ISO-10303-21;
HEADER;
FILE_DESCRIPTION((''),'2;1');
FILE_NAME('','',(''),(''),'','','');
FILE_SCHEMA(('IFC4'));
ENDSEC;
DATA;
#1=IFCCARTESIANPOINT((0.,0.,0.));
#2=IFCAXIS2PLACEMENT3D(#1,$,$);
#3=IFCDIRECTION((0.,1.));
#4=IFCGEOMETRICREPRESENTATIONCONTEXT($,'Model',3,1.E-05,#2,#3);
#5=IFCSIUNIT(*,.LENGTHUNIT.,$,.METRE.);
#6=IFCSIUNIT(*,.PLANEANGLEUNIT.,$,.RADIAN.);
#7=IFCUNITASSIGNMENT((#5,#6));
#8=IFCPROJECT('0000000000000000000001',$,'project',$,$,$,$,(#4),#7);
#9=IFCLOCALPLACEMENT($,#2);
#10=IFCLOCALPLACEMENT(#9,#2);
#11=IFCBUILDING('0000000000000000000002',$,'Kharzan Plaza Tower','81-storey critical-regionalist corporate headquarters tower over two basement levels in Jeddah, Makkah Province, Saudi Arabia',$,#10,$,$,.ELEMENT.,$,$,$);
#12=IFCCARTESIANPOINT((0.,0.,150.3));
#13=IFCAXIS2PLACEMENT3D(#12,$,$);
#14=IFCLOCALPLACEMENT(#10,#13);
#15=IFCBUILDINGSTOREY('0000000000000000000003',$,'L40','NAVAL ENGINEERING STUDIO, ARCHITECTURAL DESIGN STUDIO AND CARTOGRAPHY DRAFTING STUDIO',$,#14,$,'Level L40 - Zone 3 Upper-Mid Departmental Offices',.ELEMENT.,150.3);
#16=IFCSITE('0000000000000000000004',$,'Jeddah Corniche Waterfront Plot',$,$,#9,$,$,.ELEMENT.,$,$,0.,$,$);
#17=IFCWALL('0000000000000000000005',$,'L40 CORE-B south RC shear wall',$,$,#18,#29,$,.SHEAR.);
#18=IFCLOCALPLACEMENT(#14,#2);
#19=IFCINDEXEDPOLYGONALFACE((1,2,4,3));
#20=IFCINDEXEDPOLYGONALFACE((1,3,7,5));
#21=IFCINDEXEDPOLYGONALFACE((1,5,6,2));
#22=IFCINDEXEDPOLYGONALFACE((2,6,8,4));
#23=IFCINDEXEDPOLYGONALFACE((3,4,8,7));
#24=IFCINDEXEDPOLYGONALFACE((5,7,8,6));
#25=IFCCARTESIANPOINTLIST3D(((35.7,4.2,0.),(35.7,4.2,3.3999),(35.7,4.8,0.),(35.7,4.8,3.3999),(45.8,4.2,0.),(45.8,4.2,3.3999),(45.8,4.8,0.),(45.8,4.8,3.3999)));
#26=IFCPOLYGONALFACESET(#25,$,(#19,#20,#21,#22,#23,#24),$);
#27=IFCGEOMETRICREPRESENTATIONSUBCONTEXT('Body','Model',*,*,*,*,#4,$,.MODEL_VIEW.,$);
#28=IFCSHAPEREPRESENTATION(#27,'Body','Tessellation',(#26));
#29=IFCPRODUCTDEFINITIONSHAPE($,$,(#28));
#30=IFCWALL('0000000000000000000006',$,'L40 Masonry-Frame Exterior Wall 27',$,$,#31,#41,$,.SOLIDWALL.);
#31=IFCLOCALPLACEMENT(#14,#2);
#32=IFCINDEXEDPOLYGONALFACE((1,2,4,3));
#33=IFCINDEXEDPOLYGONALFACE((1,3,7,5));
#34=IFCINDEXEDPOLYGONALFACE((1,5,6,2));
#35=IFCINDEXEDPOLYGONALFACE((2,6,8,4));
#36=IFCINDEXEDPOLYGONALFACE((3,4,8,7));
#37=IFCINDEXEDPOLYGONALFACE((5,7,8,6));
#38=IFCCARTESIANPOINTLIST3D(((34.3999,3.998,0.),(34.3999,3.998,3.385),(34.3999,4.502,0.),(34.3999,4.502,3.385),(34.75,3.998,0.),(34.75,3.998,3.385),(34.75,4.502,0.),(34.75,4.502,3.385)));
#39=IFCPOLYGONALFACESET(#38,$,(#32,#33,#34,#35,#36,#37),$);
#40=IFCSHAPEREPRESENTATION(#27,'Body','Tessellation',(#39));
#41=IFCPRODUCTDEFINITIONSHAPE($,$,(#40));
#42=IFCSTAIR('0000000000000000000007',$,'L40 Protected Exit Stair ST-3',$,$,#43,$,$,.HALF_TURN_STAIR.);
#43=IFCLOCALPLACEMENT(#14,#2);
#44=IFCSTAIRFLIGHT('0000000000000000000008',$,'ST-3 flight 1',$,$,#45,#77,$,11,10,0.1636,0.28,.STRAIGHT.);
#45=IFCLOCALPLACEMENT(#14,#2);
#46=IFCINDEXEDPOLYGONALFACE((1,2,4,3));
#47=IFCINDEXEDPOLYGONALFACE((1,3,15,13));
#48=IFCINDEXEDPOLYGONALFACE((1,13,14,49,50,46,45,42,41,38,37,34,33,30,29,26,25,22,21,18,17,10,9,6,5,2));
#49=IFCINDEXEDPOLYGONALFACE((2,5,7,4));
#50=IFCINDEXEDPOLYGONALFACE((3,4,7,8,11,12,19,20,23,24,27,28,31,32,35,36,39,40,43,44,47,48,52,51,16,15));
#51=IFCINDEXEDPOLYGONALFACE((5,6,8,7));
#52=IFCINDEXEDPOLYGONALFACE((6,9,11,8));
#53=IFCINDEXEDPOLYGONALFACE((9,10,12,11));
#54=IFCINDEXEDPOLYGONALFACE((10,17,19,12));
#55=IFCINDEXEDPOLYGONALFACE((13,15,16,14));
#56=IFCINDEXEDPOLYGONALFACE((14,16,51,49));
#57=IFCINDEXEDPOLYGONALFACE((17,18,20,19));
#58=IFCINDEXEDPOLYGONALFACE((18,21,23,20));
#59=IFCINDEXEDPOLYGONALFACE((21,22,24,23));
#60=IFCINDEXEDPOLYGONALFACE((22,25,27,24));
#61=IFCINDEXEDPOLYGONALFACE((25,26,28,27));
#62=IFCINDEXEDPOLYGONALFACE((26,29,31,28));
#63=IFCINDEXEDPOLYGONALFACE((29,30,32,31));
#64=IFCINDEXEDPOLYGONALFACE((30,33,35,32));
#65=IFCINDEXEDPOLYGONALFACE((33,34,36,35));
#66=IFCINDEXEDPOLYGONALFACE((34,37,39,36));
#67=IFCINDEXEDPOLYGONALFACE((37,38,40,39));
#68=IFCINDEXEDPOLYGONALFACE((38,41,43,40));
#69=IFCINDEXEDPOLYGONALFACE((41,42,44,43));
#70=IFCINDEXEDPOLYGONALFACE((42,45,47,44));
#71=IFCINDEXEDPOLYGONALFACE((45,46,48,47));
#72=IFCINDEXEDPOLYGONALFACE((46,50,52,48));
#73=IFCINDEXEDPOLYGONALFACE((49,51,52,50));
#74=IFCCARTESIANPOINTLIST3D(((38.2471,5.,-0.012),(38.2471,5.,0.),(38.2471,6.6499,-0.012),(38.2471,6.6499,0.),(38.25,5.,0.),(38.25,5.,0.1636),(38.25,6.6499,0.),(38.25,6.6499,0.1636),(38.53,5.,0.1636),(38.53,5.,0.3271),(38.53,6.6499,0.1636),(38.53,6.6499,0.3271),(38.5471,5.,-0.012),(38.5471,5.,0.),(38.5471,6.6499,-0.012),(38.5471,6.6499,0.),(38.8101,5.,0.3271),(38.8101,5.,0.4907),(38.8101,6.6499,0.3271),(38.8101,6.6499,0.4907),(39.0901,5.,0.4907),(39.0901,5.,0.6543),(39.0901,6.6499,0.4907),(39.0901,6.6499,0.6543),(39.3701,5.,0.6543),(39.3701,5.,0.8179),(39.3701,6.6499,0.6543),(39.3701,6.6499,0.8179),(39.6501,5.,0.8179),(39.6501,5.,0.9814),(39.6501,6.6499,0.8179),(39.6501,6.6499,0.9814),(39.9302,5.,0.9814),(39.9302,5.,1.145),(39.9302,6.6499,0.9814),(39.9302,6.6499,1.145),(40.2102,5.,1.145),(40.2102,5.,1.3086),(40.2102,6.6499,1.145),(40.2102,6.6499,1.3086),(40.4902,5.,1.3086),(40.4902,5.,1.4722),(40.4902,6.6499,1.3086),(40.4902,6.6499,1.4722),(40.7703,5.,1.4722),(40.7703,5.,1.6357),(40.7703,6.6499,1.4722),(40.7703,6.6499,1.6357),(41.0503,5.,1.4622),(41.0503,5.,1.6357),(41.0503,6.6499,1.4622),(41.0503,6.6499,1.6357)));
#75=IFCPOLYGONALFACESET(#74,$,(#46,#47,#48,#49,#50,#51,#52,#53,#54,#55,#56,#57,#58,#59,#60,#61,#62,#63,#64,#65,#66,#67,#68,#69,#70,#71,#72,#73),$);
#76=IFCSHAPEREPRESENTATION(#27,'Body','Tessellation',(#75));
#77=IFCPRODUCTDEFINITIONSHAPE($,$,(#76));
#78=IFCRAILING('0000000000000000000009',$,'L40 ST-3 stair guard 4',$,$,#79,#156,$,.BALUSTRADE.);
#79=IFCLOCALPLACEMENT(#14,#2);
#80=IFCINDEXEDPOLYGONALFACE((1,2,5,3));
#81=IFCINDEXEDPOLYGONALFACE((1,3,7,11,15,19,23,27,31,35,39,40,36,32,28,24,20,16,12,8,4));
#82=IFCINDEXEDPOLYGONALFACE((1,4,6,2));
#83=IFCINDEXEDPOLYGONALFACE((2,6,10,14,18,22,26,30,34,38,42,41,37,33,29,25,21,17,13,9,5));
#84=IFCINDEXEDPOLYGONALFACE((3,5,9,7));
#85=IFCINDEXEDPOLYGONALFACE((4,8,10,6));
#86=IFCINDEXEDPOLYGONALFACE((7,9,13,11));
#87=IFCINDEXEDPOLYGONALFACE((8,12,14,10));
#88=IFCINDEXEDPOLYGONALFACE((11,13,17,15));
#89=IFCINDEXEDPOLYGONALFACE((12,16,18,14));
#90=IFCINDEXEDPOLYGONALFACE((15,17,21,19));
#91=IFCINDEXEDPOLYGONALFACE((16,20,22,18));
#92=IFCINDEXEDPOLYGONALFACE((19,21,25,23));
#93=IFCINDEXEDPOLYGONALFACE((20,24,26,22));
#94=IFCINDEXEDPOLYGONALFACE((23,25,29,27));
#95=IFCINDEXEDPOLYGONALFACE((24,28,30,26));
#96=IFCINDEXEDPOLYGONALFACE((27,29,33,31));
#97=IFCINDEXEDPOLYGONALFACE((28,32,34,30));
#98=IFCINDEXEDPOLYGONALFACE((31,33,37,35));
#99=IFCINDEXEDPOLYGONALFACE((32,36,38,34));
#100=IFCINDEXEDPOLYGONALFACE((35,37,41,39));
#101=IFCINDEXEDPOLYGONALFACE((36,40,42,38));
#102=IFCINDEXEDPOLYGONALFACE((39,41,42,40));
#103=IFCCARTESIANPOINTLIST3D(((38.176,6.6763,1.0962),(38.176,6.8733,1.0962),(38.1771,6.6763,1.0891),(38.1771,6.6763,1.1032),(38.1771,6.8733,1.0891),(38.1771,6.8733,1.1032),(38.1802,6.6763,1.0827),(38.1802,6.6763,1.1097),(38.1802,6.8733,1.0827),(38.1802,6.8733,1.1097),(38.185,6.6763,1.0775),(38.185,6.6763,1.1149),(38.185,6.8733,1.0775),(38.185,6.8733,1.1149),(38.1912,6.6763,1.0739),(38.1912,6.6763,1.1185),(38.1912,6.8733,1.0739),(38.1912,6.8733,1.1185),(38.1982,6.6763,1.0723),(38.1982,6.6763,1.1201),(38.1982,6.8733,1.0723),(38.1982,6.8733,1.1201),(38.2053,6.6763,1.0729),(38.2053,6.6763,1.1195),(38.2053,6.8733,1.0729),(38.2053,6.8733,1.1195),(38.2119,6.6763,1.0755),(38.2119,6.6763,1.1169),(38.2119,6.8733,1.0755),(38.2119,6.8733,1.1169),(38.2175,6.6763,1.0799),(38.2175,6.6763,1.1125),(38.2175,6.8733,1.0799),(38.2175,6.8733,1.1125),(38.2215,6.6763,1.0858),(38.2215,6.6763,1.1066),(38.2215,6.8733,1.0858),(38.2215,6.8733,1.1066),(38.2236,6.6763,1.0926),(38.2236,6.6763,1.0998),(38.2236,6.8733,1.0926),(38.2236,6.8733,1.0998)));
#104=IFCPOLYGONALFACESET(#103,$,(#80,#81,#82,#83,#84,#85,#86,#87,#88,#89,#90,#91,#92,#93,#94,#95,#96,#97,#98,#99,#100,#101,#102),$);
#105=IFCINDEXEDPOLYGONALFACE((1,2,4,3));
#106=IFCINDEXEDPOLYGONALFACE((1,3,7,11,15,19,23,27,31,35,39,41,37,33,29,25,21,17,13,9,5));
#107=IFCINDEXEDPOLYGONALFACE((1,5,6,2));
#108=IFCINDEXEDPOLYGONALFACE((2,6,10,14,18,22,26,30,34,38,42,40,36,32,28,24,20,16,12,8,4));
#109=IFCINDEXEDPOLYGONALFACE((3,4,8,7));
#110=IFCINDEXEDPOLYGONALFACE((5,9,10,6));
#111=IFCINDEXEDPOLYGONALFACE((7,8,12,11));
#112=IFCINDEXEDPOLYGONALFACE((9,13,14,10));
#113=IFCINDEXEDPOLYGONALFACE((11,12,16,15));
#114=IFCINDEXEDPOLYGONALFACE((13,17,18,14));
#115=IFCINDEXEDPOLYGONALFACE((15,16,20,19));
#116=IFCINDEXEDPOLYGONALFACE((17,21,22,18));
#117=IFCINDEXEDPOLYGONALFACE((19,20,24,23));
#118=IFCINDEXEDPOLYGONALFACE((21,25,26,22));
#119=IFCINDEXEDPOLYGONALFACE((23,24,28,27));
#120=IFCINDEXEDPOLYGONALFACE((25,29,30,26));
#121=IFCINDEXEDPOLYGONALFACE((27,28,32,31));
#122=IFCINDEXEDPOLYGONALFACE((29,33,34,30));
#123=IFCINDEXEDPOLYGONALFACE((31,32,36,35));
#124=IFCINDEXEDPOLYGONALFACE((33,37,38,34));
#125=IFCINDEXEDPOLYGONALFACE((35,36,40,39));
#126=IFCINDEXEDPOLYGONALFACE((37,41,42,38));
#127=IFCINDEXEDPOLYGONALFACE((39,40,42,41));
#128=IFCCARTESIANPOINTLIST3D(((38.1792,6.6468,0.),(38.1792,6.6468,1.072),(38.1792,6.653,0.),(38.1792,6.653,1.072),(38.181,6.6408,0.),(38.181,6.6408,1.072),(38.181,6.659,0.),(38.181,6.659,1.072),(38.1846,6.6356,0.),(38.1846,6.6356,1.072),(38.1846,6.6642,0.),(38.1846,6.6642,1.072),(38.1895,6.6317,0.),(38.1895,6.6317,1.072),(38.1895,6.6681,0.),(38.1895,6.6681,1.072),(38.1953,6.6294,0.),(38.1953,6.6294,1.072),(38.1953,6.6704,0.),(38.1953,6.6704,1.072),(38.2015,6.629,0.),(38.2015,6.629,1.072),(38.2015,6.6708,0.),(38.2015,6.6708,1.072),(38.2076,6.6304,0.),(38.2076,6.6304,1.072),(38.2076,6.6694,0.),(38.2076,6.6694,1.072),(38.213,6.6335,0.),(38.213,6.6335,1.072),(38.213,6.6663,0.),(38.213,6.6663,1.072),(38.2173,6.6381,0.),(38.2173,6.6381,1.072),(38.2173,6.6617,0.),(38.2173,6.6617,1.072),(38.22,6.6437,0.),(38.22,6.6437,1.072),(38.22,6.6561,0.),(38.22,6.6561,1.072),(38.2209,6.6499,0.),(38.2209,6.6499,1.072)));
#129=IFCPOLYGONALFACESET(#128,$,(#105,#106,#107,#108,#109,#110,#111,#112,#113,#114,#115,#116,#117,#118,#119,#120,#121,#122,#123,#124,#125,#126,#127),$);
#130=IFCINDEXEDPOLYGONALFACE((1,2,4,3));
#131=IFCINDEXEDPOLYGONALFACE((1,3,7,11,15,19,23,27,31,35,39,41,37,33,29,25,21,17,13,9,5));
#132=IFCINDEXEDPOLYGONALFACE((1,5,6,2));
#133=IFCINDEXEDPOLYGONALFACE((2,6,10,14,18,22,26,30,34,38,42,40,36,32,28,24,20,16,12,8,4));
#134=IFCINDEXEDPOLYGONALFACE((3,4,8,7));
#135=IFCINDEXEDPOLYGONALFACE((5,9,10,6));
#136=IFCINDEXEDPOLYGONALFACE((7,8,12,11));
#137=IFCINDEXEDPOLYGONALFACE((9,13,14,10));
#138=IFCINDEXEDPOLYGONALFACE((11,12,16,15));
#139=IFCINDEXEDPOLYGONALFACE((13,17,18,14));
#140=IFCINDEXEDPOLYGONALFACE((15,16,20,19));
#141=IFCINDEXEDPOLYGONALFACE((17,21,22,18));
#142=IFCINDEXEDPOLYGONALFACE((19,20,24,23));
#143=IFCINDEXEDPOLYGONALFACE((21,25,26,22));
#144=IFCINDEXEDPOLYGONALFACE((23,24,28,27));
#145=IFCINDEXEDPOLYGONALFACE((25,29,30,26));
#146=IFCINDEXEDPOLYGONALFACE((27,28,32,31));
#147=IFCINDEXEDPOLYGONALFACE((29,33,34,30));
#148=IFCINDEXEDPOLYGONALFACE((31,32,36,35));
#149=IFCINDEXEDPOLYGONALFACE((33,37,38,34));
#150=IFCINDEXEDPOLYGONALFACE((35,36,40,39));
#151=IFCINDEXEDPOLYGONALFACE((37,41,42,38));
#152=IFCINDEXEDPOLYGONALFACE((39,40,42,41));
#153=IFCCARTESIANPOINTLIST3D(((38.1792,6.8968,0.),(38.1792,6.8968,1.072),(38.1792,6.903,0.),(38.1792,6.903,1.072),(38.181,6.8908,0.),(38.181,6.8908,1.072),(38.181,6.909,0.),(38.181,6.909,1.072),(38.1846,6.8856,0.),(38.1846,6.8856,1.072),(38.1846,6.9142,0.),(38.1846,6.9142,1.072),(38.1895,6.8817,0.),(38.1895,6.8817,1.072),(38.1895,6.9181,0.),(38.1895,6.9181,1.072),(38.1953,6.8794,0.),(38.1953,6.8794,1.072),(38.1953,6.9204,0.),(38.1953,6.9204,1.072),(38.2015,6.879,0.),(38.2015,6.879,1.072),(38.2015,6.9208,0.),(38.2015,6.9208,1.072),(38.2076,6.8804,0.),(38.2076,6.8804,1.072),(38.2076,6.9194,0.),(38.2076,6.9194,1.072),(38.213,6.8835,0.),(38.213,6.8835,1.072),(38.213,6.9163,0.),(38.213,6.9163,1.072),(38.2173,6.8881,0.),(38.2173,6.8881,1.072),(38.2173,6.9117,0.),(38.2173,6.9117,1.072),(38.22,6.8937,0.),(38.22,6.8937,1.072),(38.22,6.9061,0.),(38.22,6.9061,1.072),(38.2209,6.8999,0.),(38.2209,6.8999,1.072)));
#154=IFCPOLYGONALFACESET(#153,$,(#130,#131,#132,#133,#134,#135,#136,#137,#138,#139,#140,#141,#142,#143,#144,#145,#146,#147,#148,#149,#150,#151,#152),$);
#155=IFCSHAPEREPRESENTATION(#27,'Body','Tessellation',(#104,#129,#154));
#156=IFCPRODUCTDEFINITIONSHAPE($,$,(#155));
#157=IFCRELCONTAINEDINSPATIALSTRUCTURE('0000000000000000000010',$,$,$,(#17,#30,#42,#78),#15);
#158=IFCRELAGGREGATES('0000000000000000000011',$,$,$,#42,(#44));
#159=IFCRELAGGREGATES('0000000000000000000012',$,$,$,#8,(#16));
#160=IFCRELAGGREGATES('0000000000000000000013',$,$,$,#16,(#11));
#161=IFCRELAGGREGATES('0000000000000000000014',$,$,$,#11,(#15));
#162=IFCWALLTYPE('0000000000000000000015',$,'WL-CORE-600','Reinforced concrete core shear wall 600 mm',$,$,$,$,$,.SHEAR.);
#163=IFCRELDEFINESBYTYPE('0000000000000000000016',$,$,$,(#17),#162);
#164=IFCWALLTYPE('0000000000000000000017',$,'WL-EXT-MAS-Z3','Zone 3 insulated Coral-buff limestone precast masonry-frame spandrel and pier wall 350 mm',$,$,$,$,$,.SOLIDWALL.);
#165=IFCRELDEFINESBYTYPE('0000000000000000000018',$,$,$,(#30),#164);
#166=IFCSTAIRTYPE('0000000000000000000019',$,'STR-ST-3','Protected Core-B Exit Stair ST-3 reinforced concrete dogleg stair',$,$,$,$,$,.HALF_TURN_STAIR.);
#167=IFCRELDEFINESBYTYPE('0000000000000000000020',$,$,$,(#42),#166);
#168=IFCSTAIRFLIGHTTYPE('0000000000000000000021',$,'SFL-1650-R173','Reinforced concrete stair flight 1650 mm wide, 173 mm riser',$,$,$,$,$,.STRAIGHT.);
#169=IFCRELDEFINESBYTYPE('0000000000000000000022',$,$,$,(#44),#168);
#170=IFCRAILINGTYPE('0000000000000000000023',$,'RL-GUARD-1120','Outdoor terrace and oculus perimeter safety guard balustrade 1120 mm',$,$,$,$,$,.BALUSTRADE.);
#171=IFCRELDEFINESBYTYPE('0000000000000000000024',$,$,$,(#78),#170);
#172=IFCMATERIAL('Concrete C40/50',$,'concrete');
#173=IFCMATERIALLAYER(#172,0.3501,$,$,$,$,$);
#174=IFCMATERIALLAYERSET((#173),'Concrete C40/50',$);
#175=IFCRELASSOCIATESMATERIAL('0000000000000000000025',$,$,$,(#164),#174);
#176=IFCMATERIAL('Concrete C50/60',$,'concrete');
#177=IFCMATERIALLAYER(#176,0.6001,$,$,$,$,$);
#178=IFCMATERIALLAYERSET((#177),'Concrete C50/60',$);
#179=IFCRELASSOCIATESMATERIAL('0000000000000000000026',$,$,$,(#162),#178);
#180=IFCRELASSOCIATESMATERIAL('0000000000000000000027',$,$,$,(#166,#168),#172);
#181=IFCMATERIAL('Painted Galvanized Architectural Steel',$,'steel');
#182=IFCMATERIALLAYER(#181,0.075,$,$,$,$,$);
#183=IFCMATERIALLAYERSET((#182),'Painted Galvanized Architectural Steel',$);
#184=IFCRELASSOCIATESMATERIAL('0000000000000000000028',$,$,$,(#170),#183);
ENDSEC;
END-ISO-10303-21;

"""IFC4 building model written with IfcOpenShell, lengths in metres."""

from ifc_helpers import new_model, si_unit, direction, frame, frame_2d, origin, origin_2d, place, context, subcontext, project, spatial, polyline, rectangle, circle, outline, extrude, source, transform, mapped, material, layer, layer_set, type_object, element, aggregate, save


model = new_model("IFC4")

# Units and contexts
model_context = context("Model", 3, precision=1e-05, world=origin(), true_north=direction((0.0, 1.0)))
body_context = subcontext(model_context, "Body", "Model", "MODEL_VIEW")
ifc_project = project(units=[si_unit("LENGTHUNIT", "METRE"), si_unit("PLANEANGLEUNIT", "RADIAN")], contexts=[model_context])

# Site, building, storey
site_placement = place(None, origin())
site = spatial("IfcSite", under=ifc_project, at=site_placement, Name="Jeddah Corniche Waterfront Plot", CompositionType="ELEMENT", RefElevation=0.0)
building_placement = place(site_placement, origin())
building = spatial("IfcBuilding", under=site, at=building_placement, Name="Kharzan Plaza Tower", Description="81-storey critical-regionalist corporate headquarters tower over two basement levels in Jeddah, Makkah Province, Saudi Arabia", CompositionType="ELEMENT")
storey_placement = place(building_placement, frame((0.0, 0.0, 150.3)))
storey = spatial("IfcBuildingStorey", under=building, at=storey_placement, Name="L40", Description="NAVAL ENGINEERING STUDIO, ARCHITECTURAL DESIGN STUDIO AND CARTOGRAPHY DRAFTING STUDIO", LongName="Level L40 - Zone 3 Upper-Mid Departmental Offices", CompositionType="ELEMENT", Elevation=150.3)

# Shared definitions
ifc_material_1 = material(Name="Concrete C50/60", Category="concrete")

# Shared definitions
ifc_material_2 = material(Name="Concrete C40/50", Category="concrete")
ifc_layer_1 = layer(ifc_material_2, 0.3501)
ifc_layer_set_1 = layer_set([ifc_layer_1], Name="Concrete C40/50")
wall_type_1 = type_object("IfcWallType", Name="WL-EXT-MAS-Z3", Description="Zone 3 insulated Coral-buff limestone precast masonry-frame spandrel and pier wall 350 mm", PredefinedType="SOLIDWALL", material=ifc_layer_set_1)

# Walls
ifc_layer_2 = layer(ifc_material_1, 0.6001)
ifc_layer_set_2 = layer_set([ifc_layer_2], Name="Concrete C50/60")
wall_type_2 = type_object("IfcWallType", Name="WL-CORE-600", Description="Reinforced concrete core shear wall 600 mm", PredefinedType="SHEAR", material=ifc_layer_set_2)
shared_shape_1 = source(origin(), body_context, "Body", "SweptSolid", [
    extrude(rectangle(XDim=10.1001, YDim=0.6001, at=frame_2d((5.05, 0.0))), origin(), (0.0, 0.0, 1.0), 3.3999),
])
wall_1_placement = place(storey_placement, frame((35.7, 4.5, 0.0), z_axis=(0.0, 0.0, 1.0), x_axis=(1.0, 0.0, 0.0)))
element("IfcWall", 1, at=wall_1_placement, inside=storey, type_object=wall_type_2, Name="L40 CORE-B south RC shear wall", PredefinedType="SHEAR", context=body_context, shape_type="MappedRepresentation", body=[
    mapped(shared_shape_1, transform((0.0, 0.0, 0.0), x_axis=(1.0, 0.0, 0.0), y_axis=(0.0, 1.0, 0.0), z_axis=(0.0, 0.0, 1.0))),
])
shared_shape_2 = source(origin(), body_context, "Body", "SweptSolid", [
    extrude(rectangle(XDim=0.5039, YDim=0.3501, at=frame_2d((0.252, 0.0))), origin(), (0.0, 0.0, 1.0), 3.385),
])
wall_2_placement = place(storey_placement, frame((34.575, 4.502, 0.0), z_axis=(0.0, 0.0, 1.0), x_axis=(0.0, -1.0, 0.0)))
element("IfcWall", 2, at=wall_2_placement, inside=storey, type_object=wall_type_1, Name="L40 Masonry-Frame Exterior Wall 27", PredefinedType="SOLIDWALL", context=body_context, shape_type="MappedRepresentation", body=[
    mapped(shared_shape_2, transform((0.0, 0.0, 0.0), x_axis=(1.0, 0.0, 0.0), y_axis=(0.0, 1.0, 0.0), z_axis=(0.0, 0.0, 1.0))),
])

# Stair, stair flight
stair_type = type_object("IfcStairType", Name="STR-ST-3", Description="Protected Core-B Exit Stair ST-3 reinforced concrete dogleg stair", PredefinedType="HALF_TURN_STAIR", material=ifc_material_2)
stair_placement = place(storey_placement, origin())
stair = element("IfcStair", 3, at=stair_placement, inside=storey, type_object=stair_type, Name="L40 Protected Exit Stair ST-3", PredefinedType="HALF_TURN_STAIR")
stair_flight_type = type_object("IfcStairFlightType", Name="SFL-1650-R173", Description="Reinforced concrete stair flight 1650 mm wide, 173 mm riser", PredefinedType="STRAIGHT", material=ifc_material_2)
shared_shape_3 = source(origin(), body_context, "Body", "SweptSolid", [
    extrude(outline(polyline([(-0.0029, -0.012), (-0.0029, 0.0), (0.0, 0.0), (0.0, 0.1636), (0.28, 0.1636), (0.28, 0.3271), (0.5601, 0.3271), (0.5601, 0.4907), (0.8401, 0.4907), (0.8401, 0.6543), (1.1201, 0.6543), (1.1201, 0.8179), (1.4001, 0.8179), (1.4001, 0.9814), (1.6802, 0.9814), (1.6802, 1.145), (1.9602, 1.145), (1.9602, 1.3086), (2.2402, 1.3086), (2.2402, 1.4722), (2.5203, 1.4722), (2.5203, 1.6357), (2.8003, 1.6357), (2.8003, 1.7993), (2.8003, 1.4622), (0.2971, 0.0), (0.2971, -0.012), (-0.0029, -0.012)])), frame((0.0, 0.825, 0.0), z_axis=(0.0, -1.0, 0.0), x_axis=(1.0, 0.0, 0.0)), (0.0, 0.0, 1.0), 1.6499),
])
stair_flight_placement = place(storey_placement, frame((38.25, 5.825, 0.0), z_axis=(0.0, 0.0, 1.0), x_axis=(1.0, 0.0, 0.0)))
stair_flight = element("IfcStairFlight", 4, at=stair_flight_placement, type_object=stair_flight_type, Name="ST-3 flight 1", NumberOfRisers=11, NumberOfTreads=10, PredefinedType="STRAIGHT", RiserHeight=0.1636, TreadLength=0.28, context=body_context, shape_type="MappedRepresentation", body=[
    mapped(shared_shape_3, transform((0.0, 0.0, 0.0), x_axis=(1.0, 0.0, 0.0), y_axis=(0.0, 1.0, 0.0), z_axis=(0.0, 0.0, 1.0))),
])
aggregate(stair, [stair_flight])

# Railing
ifc_material_3 = material(Name="Painted Galvanized Architectural Steel", Category="steel")
ifc_layer_3 = layer(ifc_material_3, 0.075)
ifc_layer_set_3 = layer_set([ifc_layer_3], Name="Painted Galvanized Architectural Steel")
railing_type_1 = type_object("IfcRailingType", Name="RL-GUARD-1120", Description="Outdoor terrace and oculus perimeter safety guard balustrade 1120 mm", PredefinedType="BALUSTRADE", material=ifc_layer_set_3)
shared_shape_4 = source(origin(), body_context, "Body", "SweptSolid", [
    extrude(circle(Radius=0.0239, at=origin_2d()), frame((0.0, 0.0264, 1.0962), z_axis=(0.0, 1.0, 0.0), x_axis=(-1.0, 0.0, 0.0)), (0.0, 0.0, 1.0), 0.197),
    extrude(circle(Radius=0.021, at=origin_2d()), origin(), (0.0, 0.0, 1.0), 1.072),
    extrude(circle(Radius=0.021, at=origin_2d()), frame((0.0, 0.25, 0.0)), (0.0, 0.0, 1.0), 1.072),
])
railing_1_placement = place(storey_placement, frame((38.2, 6.6499, 0.0)))
element("IfcRailing", 5, at=railing_1_placement, inside=storey, type_object=railing_type_1, Name="L40 ST-3 stair guard 4", PredefinedType="BALUSTRADE", context=body_context, shape_type="MappedRepresentation", body=[
    mapped(shared_shape_4, transform((0.0, 0.0, 0.0), x_axis=(1.0, 0.0, 0.0), y_axis=(0.0, 1.0, 0.0), z_axis=(0.0, 0.0, 1.0))),
])

save(model, "model.ifc")
